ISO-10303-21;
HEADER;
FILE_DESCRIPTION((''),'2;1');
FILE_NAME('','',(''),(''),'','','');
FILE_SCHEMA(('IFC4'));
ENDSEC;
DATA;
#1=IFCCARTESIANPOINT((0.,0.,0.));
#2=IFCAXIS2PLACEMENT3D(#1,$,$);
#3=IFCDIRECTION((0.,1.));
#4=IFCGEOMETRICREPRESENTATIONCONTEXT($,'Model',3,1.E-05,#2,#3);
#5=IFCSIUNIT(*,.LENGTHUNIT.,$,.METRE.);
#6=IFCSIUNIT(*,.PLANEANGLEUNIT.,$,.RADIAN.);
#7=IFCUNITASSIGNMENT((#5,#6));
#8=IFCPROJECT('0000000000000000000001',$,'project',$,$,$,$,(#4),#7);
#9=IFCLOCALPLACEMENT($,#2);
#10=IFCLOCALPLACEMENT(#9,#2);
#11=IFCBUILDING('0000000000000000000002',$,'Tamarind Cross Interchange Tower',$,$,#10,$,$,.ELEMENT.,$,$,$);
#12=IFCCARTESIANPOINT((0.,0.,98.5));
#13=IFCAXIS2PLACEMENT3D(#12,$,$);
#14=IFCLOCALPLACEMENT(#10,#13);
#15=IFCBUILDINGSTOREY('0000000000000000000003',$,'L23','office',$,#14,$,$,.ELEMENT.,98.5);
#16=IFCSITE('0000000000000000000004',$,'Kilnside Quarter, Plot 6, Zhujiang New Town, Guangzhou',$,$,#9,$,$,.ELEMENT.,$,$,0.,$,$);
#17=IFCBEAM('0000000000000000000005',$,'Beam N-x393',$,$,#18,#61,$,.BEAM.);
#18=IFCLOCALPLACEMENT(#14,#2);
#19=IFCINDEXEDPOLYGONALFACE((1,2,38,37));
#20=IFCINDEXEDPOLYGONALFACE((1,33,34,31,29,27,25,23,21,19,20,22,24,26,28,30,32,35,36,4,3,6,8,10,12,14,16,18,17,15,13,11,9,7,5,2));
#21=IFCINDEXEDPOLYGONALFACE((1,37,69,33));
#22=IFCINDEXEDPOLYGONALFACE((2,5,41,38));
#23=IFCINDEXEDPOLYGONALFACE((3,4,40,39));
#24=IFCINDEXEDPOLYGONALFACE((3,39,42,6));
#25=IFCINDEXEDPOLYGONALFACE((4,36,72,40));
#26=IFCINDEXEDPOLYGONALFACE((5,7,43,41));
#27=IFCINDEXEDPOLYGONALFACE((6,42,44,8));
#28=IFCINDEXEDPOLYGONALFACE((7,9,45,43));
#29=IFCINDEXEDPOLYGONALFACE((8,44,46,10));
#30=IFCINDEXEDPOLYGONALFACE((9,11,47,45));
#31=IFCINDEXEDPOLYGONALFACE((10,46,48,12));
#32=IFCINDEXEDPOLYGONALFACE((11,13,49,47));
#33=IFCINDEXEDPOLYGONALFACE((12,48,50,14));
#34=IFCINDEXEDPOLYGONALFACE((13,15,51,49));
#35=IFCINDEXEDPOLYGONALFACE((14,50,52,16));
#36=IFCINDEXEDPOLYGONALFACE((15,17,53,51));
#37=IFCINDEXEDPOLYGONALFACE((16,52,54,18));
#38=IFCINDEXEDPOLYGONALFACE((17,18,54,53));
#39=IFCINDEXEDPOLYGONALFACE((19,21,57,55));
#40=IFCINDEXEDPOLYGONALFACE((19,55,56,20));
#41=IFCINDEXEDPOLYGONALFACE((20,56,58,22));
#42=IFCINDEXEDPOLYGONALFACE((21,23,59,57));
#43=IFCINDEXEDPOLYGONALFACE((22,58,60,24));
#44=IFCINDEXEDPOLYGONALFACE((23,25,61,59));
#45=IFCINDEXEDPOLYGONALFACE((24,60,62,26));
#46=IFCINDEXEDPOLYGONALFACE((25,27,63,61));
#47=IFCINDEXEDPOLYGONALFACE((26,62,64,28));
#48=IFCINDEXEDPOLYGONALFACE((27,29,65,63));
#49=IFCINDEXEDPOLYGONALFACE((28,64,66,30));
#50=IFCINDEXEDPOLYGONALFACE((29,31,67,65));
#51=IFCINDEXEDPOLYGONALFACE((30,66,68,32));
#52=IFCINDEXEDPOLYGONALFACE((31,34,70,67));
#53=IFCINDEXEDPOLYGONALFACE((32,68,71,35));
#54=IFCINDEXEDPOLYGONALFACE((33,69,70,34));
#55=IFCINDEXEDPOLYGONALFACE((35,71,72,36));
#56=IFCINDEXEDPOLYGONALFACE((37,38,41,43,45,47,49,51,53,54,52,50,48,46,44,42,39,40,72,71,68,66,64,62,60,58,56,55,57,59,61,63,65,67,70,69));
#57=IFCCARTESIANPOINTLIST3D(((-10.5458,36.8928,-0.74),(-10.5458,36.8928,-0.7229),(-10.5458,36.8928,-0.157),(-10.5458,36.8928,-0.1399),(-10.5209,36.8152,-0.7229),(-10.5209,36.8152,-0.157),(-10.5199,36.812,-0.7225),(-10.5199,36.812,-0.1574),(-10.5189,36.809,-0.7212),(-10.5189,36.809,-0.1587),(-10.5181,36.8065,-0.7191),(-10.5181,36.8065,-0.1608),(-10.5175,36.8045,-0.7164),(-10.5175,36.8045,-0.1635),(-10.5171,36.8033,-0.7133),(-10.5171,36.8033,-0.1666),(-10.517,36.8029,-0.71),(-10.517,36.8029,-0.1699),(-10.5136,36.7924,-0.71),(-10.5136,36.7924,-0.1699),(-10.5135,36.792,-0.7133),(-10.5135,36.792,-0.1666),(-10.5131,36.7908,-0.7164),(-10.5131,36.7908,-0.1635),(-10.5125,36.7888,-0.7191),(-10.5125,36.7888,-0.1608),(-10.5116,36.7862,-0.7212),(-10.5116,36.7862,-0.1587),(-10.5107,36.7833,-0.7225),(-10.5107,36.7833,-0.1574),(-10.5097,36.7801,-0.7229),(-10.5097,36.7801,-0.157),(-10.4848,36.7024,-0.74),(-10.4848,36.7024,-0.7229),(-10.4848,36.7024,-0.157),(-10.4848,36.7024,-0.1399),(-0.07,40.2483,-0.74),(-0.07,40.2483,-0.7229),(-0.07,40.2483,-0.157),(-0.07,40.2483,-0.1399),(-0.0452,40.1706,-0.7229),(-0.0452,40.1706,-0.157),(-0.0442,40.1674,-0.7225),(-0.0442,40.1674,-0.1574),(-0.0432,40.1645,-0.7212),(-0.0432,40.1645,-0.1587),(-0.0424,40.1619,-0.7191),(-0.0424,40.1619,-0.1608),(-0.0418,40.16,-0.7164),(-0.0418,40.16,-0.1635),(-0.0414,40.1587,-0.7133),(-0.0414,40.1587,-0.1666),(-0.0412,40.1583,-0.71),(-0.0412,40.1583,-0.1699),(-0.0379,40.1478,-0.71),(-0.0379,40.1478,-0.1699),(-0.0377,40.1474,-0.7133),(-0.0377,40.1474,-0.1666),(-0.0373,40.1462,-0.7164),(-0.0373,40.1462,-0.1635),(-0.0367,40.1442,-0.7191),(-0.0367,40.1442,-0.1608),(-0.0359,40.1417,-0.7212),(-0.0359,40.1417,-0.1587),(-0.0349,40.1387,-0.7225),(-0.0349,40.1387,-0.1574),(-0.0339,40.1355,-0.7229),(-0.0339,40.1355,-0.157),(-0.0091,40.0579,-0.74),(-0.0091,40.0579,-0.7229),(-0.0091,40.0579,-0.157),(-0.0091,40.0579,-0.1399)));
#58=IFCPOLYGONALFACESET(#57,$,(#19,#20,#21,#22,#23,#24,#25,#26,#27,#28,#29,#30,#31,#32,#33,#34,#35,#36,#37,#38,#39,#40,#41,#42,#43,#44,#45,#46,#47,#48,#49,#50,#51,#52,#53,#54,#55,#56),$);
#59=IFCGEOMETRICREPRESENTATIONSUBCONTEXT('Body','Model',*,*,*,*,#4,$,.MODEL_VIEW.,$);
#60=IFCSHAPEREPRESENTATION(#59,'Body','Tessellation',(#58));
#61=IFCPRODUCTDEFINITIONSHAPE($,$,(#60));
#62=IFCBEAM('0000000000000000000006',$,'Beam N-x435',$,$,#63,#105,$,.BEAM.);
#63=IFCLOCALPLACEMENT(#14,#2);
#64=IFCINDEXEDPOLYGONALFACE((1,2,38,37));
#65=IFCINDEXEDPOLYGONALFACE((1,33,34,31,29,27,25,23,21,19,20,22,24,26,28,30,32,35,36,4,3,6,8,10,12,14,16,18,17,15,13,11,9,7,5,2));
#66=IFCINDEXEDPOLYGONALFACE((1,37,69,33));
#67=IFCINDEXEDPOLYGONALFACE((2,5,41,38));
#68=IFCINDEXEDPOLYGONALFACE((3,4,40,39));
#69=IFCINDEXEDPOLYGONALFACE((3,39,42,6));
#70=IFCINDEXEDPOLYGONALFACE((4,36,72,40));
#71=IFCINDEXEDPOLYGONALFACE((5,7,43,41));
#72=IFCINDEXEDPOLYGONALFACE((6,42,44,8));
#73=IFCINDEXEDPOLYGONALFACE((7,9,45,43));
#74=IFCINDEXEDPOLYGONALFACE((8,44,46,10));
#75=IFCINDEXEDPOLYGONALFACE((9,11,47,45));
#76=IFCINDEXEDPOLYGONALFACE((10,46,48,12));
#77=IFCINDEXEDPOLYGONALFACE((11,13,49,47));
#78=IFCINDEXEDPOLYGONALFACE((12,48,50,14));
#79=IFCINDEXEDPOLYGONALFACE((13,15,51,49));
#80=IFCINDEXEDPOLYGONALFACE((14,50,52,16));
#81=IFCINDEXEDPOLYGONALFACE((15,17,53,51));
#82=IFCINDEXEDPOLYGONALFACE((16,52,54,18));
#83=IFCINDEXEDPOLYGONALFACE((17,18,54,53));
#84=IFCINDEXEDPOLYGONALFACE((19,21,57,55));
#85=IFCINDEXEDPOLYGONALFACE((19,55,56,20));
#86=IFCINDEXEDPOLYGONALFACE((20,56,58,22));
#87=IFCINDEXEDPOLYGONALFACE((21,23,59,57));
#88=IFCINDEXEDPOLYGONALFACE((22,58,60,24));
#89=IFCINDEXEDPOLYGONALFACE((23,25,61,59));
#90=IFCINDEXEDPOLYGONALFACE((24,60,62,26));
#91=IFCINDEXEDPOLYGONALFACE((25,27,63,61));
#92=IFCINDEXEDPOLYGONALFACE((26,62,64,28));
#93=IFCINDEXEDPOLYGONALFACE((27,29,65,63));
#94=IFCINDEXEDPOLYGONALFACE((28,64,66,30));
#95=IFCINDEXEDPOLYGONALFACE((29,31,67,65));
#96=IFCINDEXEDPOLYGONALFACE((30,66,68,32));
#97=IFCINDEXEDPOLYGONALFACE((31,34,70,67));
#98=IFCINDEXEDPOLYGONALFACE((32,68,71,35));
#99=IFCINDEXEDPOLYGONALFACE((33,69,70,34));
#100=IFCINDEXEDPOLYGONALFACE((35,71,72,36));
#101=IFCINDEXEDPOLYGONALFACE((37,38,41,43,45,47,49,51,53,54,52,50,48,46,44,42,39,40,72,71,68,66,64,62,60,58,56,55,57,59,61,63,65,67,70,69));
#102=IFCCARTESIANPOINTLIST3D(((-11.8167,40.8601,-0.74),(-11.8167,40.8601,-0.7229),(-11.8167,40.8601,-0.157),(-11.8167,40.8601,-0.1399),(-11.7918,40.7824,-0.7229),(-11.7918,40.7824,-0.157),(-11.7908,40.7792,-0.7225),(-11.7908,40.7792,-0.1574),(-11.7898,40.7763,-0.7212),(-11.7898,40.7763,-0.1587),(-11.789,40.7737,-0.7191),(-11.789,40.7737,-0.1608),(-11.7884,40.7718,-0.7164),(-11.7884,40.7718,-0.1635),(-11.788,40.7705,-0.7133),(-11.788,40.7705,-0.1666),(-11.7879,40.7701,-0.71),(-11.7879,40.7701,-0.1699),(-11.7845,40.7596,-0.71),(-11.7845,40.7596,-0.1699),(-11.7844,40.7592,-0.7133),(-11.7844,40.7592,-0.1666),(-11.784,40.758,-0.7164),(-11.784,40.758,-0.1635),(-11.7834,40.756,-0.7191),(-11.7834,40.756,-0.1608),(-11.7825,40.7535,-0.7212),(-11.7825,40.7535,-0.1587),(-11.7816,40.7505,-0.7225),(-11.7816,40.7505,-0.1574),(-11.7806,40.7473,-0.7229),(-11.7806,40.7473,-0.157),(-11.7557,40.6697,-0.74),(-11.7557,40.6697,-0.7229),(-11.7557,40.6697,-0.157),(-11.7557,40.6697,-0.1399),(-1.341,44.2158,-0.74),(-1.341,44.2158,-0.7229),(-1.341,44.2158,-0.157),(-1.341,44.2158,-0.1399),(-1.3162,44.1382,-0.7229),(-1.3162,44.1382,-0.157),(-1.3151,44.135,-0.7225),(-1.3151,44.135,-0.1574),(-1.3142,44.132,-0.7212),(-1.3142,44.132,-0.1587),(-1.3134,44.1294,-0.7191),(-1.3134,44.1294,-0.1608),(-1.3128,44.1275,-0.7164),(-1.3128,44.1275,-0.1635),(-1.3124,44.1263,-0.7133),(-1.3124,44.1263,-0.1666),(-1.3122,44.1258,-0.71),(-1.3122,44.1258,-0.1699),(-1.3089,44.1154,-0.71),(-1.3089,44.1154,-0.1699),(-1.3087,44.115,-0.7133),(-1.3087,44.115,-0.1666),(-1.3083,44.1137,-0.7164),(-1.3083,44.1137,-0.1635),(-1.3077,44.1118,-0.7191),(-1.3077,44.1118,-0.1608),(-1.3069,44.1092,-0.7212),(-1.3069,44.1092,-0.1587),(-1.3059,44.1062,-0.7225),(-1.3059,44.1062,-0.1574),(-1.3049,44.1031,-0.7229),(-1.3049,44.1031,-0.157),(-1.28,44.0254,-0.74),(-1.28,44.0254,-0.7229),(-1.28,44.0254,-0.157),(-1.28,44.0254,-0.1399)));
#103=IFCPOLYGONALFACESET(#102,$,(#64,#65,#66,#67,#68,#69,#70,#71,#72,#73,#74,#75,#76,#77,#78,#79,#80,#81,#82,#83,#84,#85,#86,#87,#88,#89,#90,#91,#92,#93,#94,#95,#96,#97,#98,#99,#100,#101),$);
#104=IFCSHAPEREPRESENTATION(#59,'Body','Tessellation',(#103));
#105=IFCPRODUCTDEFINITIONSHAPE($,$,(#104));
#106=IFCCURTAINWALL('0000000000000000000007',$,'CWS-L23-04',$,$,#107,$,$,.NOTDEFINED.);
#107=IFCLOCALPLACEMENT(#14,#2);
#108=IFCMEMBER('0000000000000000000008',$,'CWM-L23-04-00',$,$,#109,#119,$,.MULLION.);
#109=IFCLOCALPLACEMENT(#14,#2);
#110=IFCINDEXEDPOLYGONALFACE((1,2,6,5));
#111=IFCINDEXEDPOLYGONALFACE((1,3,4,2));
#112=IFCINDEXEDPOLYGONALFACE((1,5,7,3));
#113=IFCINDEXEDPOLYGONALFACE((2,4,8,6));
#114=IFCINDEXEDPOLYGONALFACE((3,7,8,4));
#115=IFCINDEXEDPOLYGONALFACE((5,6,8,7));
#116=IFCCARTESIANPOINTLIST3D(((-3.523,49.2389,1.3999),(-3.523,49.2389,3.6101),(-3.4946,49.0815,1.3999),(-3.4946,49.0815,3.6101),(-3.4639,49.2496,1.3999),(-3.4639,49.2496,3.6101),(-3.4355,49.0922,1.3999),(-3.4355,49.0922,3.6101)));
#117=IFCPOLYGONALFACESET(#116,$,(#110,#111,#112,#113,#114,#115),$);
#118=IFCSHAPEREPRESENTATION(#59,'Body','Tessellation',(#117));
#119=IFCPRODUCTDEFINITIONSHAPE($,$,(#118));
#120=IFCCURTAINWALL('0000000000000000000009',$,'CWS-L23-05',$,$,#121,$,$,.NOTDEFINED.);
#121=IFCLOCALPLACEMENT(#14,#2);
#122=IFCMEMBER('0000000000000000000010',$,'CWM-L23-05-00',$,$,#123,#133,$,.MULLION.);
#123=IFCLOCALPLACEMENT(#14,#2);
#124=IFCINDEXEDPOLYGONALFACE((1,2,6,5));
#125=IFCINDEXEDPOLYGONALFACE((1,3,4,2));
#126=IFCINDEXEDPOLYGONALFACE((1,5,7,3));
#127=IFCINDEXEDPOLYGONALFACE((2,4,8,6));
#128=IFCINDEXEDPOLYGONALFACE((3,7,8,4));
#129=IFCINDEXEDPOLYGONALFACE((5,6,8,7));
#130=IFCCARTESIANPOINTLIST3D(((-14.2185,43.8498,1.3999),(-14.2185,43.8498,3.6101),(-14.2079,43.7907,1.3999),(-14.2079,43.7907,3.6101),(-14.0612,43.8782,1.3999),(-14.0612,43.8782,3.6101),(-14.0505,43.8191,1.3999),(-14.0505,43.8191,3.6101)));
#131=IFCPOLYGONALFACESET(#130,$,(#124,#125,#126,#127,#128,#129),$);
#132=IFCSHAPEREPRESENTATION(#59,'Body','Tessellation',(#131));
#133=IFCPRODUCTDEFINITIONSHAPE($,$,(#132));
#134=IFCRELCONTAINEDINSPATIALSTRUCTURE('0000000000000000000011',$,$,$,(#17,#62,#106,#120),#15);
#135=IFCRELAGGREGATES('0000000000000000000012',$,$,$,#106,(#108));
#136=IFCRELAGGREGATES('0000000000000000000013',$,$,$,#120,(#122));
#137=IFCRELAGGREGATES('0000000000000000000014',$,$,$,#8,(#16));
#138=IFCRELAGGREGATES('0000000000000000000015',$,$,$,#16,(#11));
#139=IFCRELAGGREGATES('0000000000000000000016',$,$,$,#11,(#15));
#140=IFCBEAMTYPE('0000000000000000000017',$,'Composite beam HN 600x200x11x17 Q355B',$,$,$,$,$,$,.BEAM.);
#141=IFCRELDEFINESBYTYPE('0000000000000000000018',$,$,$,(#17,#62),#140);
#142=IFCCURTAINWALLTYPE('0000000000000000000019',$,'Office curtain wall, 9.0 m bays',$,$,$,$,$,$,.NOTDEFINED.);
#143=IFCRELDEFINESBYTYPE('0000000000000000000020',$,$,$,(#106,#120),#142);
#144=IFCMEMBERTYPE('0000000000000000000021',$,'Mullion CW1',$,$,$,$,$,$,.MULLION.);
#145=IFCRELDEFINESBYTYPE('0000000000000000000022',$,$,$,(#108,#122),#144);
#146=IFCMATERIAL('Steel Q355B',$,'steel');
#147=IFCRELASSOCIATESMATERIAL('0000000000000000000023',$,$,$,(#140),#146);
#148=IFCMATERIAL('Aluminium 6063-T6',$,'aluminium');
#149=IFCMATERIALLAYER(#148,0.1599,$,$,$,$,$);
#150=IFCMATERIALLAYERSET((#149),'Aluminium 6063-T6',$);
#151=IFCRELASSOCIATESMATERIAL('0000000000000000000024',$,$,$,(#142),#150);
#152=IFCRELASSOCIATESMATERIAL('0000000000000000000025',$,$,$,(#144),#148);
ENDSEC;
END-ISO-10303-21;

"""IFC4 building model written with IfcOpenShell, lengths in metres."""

from ifc_helpers import new_model, si_unit, direction, frame, origin, origin_2d, place, context, subcontext, project, spatial, rectangle, i_section, extrude, material, layer, layer_set, material_profile, profile_set, type_object, element, aggregate, save


model = new_model("IFC4")

# Units and contexts
model_context = context("Model", 3, precision=1e-05, world=origin(), true_north=direction((0.0, 1.0)))
body_context = subcontext(model_context, "Body", "Model", "MODEL_VIEW")
ifc_project = project(units=[si_unit("LENGTHUNIT", "METRE"), si_unit("PLANEANGLEUNIT", "RADIAN")], contexts=[model_context])

# Site, building, storey
site_placement = place(None, origin())
site = spatial("IfcSite", under=ifc_project, at=site_placement, Name="Kilnside Quarter, Plot 6, Zhujiang New Town, Guangzhou", CompositionType="ELEMENT", RefElevation=0.0)
building_placement = place(site_placement, origin())
building = spatial("IfcBuilding", under=site, at=building_placement, Name="Tamarind Cross Interchange Tower", CompositionType="ELEMENT")
storey_placement = place(building_placement, frame((0.0, 0.0, 98.5)))
storey = spatial("IfcBuildingStorey", under=building, at=storey_placement, Name="L23", Description="office", CompositionType="ELEMENT", Elevation=98.5)

# Beams
ifc_material_1 = material(Name="Steel Q355B", Category="steel")
ifc_material_profile_1 = material_profile(ifc_material_1, i_section(OverallWidth=0.2, OverallDepth=0.6001, WebThickness=0.011, FlangeThickness=0.0171, FilletRadius=0.0129, at=origin_2d()), Name="HN 600x200x11x17")
ifc_profile_set_1 = profile_set([ifc_material_profile_1], Name="Steel Q355B")
beam_type_1 = type_object("IfcBeamType", Name="Composite beam HN 600x200x11x17 Q355B", PredefinedType="BEAM", material=ifc_profile_set_1)
for number, where, z_axis, x_axis, name in (
    (1, (-0.0396, 40.1531, -0.4399), (-0.95234, -0.30504, 0.0), (0.30504, -0.95234, 0.0), "Beam N-x393"),
    (2, (-1.3105, 44.1206, -0.4399), (-0.952331, -0.305066, 0.0), (0.305066, -0.952331, 0.0), "Beam N-x435"),
):
    element("IfcBeam", number, at=place(storey_placement, frame(where, z_axis=z_axis, x_axis=x_axis)), inside=storey, type_object=beam_type_1, Name=name, PredefinedType="BEAM", context=body_context, shape_type="SweptSolid", body=[
        extrude(i_section(OverallWidth=0.2, OverallDepth=0.6001, WebThickness=0.011, FlangeThickness=0.0171, FilletRadius=0.0129, at=origin_2d()), origin(), (0.0, 0.0, 1.0), 11.0),
    ])

# Curtain walls, members
ifc_material_2 = material(Name="Aluminium 6063-T6", Category="aluminium")
ifc_layer = layer(ifc_material_2, 0.1599)
ifc_layer_set = layer_set([ifc_layer], Name="Aluminium 6063-T6")
curtain_wall_type = type_object("IfcCurtainWallType", Name="Office curtain wall, 9.0 m bays", PredefinedType="NOTDEFINED", material=ifc_layer_set)
curtain_wall_1_placement = place(storey_placement, origin())
curtain_wall_1 = element("IfcCurtainWall", 3, at=curtain_wall_1_placement, inside=storey, type_object=curtain_wall_type, Name="CWS-L23-04", PredefinedType="NOTDEFINED")
ifc_material_profile_2 = material_profile(ifc_material_2, rectangle(XDim=0.0601, YDim=0.1599, at=origin_2d()), Name="Mullion CW1")
ifc_profile_set_2 = profile_set([ifc_material_profile_2], Name="Aluminium 6063-T6")
member_type = type_object("IfcMemberType", Name="Mullion CW1", PredefinedType="MULLION", material=ifc_profile_set_2)
member_1_placement = place(storey_placement, frame((-3.4792, 49.1655, 1.3999), z_axis=(0.0, 0.0, 1.0), x_axis=(-0.984005, -0.178143, 0.0)))
member_1 = element("IfcMember", 4, at=member_1_placement, type_object=member_type, Name="CWM-L23-04-00", PredefinedType="MULLION", context=body_context, shape_type="SweptSolid", body=[
    extrude(rectangle(XDim=0.0601, YDim=0.1599, at=origin_2d()), origin(), (0.0, 0.0, 1.0), 2.2102),
])
aggregate(curtain_wall_1, [member_1])
curtain_wall_2_placement = place(storey_placement, origin())
curtain_wall_2 = element("IfcCurtainWall", 5, at=curtain_wall_2_placement, inside=storey, type_object=curtain_wall_type, Name="CWS-L23-05", PredefinedType="NOTDEFINED")
member_2_placement = place(storey_placement, frame((-14.1345, 43.8345, 1.3999), z_axis=(0.0, 0.0, 1.0), x_axis=(0.177433, -0.984133, 0.0)))
member_2 = element("IfcMember", 6, at=member_2_placement, type_object=member_type, Name="CWM-L23-05-00", PredefinedType="MULLION", context=body_context, shape_type="SweptSolid", body=[
    extrude(rectangle(XDim=0.0601, YDim=0.1599, at=origin_2d()), origin(), (0.0, 0.0, 1.0), 2.2102),
])
aggregate(curtain_wall_2, [member_2])

save(model, "model.ifc")
